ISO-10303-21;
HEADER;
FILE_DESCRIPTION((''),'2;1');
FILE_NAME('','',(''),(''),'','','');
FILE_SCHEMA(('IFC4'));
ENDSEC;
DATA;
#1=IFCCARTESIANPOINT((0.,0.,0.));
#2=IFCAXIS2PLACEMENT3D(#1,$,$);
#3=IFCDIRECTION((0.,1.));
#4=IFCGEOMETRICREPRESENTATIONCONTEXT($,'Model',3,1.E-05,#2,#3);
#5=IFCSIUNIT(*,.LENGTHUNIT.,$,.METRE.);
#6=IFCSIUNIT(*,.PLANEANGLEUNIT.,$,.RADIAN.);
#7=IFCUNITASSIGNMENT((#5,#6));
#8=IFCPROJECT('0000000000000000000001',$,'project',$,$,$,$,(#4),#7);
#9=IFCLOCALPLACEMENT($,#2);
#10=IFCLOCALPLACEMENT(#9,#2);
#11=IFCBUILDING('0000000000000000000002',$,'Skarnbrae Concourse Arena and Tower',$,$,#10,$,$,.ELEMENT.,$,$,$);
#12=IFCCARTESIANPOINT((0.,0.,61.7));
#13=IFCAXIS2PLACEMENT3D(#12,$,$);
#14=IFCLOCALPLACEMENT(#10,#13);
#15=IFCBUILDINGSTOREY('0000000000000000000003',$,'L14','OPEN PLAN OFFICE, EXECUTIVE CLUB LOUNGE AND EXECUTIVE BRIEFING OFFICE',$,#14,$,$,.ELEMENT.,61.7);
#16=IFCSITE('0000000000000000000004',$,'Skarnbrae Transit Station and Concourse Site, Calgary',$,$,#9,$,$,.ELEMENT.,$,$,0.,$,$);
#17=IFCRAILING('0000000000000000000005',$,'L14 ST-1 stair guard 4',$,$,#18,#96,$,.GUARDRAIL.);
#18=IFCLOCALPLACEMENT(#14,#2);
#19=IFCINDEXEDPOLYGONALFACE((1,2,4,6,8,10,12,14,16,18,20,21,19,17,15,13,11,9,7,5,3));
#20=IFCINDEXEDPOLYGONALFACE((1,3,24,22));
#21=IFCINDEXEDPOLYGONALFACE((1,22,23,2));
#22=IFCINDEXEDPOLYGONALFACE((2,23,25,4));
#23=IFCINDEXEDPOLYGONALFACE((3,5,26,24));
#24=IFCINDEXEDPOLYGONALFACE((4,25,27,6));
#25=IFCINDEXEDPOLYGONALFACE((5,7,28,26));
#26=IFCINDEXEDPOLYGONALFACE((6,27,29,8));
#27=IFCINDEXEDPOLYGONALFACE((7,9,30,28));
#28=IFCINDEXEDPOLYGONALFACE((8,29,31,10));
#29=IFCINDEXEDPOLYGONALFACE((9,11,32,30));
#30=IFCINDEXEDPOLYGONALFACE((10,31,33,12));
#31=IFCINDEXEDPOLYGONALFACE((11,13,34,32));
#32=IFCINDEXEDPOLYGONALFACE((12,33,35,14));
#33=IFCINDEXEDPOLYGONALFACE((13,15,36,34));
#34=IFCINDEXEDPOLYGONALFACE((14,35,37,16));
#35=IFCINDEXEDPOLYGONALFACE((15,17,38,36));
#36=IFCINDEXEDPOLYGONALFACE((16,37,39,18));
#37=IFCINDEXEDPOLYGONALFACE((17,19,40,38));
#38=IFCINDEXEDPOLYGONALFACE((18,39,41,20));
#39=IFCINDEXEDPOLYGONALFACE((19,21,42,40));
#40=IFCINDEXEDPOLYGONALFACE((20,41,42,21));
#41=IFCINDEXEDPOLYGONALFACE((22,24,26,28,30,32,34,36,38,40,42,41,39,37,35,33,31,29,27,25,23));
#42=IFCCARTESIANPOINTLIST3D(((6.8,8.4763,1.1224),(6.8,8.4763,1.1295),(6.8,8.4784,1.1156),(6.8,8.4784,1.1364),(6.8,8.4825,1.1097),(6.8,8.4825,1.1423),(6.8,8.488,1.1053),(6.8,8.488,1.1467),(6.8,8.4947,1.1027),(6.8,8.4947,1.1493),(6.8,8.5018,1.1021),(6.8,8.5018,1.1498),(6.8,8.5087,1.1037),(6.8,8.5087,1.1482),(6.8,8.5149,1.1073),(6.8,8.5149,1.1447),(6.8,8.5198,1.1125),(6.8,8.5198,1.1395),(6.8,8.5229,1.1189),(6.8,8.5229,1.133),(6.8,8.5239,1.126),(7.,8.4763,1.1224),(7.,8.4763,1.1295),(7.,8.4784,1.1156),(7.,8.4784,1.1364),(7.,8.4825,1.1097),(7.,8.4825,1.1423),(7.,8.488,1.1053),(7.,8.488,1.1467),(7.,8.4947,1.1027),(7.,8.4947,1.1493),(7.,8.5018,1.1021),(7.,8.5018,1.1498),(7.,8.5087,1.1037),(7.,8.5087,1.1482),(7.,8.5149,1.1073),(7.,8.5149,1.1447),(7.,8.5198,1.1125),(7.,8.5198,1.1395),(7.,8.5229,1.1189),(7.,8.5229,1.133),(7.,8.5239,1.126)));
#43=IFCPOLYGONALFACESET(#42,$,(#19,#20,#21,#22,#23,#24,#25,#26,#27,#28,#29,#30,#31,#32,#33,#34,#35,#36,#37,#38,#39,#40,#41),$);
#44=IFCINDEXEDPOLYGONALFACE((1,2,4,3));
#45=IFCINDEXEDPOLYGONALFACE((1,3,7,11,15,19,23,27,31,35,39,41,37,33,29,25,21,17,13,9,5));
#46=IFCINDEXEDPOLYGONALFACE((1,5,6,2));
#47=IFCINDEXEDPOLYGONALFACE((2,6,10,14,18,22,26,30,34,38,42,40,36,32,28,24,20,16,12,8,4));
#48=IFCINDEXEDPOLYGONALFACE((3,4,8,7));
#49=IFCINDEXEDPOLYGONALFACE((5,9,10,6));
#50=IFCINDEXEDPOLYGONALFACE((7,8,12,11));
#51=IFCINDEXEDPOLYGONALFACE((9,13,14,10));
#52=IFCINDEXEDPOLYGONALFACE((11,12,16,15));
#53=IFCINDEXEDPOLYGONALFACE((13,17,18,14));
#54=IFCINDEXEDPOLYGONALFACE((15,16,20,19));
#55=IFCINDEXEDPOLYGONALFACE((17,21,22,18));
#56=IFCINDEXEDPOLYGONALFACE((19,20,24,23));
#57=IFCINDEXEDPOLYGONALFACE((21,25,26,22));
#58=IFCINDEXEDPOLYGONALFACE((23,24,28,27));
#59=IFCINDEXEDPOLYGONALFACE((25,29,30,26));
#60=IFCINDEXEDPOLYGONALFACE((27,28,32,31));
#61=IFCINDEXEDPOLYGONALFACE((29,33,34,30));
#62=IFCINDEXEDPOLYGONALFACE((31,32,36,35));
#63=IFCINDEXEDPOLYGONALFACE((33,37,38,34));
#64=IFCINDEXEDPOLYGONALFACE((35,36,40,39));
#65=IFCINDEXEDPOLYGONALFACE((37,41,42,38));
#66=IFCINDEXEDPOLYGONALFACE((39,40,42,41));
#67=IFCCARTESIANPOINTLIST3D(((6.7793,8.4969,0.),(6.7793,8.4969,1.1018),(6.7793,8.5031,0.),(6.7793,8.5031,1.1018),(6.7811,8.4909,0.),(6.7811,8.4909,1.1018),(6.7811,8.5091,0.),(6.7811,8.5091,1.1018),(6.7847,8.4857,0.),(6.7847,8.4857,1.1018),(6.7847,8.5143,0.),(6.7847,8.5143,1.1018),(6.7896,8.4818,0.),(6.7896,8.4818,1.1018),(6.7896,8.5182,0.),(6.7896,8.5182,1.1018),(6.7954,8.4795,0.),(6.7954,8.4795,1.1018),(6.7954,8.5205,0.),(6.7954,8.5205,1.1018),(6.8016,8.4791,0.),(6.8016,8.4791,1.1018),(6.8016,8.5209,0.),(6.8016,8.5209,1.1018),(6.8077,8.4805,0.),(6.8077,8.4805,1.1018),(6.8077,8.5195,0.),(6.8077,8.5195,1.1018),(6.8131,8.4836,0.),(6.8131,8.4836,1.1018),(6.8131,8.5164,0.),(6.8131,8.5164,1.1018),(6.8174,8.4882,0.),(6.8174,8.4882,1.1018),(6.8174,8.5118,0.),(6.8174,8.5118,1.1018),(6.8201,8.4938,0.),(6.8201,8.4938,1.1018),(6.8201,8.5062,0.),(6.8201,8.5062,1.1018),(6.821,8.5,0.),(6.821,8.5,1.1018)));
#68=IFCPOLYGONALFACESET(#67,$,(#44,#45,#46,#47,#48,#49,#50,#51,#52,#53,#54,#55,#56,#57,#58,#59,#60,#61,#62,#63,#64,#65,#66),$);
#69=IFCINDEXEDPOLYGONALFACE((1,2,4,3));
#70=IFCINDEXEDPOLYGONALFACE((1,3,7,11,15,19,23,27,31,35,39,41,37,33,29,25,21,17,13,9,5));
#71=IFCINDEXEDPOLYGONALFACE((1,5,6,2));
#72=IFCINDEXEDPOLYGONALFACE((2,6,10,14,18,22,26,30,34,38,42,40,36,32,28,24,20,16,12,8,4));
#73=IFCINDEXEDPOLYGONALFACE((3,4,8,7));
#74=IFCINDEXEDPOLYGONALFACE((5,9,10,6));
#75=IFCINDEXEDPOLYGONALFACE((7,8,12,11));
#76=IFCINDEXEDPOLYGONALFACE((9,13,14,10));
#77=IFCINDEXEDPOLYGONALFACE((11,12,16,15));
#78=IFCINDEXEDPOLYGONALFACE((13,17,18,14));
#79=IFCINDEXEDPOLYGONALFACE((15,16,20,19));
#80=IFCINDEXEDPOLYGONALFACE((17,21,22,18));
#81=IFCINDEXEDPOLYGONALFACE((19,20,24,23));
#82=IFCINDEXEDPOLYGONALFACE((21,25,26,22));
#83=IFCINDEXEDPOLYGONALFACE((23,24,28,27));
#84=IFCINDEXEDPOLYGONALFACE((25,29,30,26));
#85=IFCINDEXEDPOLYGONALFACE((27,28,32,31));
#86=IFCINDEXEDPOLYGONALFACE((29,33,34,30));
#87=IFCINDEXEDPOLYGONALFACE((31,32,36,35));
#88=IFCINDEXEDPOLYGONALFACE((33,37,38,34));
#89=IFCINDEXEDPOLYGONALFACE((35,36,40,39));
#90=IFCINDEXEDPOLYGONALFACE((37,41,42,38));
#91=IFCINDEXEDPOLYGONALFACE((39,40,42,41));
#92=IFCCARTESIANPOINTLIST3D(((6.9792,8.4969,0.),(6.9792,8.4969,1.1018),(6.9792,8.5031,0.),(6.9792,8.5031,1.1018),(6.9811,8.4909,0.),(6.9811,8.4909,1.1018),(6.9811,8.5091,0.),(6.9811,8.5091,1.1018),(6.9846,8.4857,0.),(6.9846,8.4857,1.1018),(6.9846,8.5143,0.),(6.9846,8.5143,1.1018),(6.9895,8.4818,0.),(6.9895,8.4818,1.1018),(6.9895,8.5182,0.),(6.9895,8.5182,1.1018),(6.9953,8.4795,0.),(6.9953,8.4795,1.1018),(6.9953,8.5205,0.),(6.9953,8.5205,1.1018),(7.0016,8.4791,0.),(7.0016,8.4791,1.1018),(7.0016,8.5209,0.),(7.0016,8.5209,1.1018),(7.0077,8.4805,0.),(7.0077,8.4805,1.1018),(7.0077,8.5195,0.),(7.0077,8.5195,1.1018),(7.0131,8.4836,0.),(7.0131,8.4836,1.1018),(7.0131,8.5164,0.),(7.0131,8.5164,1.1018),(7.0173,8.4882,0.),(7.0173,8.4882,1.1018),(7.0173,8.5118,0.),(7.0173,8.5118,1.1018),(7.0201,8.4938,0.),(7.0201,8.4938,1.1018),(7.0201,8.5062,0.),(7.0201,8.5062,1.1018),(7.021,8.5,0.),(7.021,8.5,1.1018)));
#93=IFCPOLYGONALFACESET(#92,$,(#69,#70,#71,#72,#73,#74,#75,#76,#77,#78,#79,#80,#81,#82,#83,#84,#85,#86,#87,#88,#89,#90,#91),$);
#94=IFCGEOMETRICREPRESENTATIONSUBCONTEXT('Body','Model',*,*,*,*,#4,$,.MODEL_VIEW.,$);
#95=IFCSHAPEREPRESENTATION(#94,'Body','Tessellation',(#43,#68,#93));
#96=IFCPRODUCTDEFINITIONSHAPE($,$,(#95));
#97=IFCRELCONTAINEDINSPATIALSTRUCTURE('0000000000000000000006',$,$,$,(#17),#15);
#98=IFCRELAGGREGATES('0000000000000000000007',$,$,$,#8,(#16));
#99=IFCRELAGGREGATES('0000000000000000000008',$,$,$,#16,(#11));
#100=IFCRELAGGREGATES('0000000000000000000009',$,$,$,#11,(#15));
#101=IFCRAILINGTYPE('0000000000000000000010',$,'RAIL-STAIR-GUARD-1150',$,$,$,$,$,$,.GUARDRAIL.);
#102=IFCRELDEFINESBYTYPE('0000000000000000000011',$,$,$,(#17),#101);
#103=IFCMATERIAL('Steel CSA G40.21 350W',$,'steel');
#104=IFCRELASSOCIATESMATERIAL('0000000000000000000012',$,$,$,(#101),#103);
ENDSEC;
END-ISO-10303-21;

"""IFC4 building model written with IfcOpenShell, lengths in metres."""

from ifc_helpers import new_model, si_unit, direction, frame, origin, origin_2d, place, context, subcontext, project, spatial, circle, extrude, material, type_object, element, save


model = new_model("IFC4")

# Units and contexts
model_context = context("Model", 3, precision=1e-05, world=origin(), true_north=direction((0.0, 1.0)))
body_context = subcontext(model_context, "Body", "Model", "MODEL_VIEW")
ifc_project = project(units=[si_unit("LENGTHUNIT", "METRE"), si_unit("PLANEANGLEUNIT", "RADIAN")], contexts=[model_context])

# Site, building, storey
site_placement = place(None, origin())
site = spatial("IfcSite", under=ifc_project, at=site_placement, Name="Skarnbrae Transit Station and Concourse Site, Calgary", CompositionType="ELEMENT", RefElevation=0.0)
building_placement = place(site_placement, origin())
building = spatial("IfcBuilding", under=site, at=building_placement, Name="Skarnbrae Concourse Arena and Tower", CompositionType="ELEMENT")
storey_placement = place(building_placement, frame((0.0, 0.0, 61.7)))
storey = spatial("IfcBuildingStorey", under=building, at=storey_placement, Name="L14", Description="OPEN PLAN OFFICE, EXECUTIVE CLUB LOUNGE AND EXECUTIVE BRIEFING OFFICE", CompositionType="ELEMENT", Elevation=61.7)

# Shared definitions
ifc_material_1 = material(Name="Steel CSA G40.21 350W", Category="steel")

# Railing
railing_type_1 = type_object("IfcRailingType", Name="RAIL-STAIR-GUARD-1150", PredefinedType="GUARDRAIL", material=ifc_material_1)
railing_1_placement = place(storey_placement, frame((6.8, 8.5, 0.0)))
element("IfcRailing", 1, at=railing_1_placement, inside=storey, type_object=railing_type_1, Name="L14 ST-1 stair guard 4", PredefinedType="GUARDRAIL", context=body_context, shape_type="SweptSolid", body=[
    extrude(circle(Radius=0.0239, at=origin_2d()), frame((0.0, 0.0, 1.126), z_axis=(1.0, 0.0, 0.0), x_axis=(0.0, 1.0, 0.0)), (0.0, 0.0, 1.0), 0.2),
    extrude(circle(Radius=0.021, at=origin_2d()), origin(), (0.0, 0.0, 1.0), 1.1018),
    extrude(circle(Radius=0.021, at=origin_2d()), frame((0.2, 0.0, 0.0)), (0.0, 0.0, 1.0), 1.1018),
])

save(model, "model.ifc")
